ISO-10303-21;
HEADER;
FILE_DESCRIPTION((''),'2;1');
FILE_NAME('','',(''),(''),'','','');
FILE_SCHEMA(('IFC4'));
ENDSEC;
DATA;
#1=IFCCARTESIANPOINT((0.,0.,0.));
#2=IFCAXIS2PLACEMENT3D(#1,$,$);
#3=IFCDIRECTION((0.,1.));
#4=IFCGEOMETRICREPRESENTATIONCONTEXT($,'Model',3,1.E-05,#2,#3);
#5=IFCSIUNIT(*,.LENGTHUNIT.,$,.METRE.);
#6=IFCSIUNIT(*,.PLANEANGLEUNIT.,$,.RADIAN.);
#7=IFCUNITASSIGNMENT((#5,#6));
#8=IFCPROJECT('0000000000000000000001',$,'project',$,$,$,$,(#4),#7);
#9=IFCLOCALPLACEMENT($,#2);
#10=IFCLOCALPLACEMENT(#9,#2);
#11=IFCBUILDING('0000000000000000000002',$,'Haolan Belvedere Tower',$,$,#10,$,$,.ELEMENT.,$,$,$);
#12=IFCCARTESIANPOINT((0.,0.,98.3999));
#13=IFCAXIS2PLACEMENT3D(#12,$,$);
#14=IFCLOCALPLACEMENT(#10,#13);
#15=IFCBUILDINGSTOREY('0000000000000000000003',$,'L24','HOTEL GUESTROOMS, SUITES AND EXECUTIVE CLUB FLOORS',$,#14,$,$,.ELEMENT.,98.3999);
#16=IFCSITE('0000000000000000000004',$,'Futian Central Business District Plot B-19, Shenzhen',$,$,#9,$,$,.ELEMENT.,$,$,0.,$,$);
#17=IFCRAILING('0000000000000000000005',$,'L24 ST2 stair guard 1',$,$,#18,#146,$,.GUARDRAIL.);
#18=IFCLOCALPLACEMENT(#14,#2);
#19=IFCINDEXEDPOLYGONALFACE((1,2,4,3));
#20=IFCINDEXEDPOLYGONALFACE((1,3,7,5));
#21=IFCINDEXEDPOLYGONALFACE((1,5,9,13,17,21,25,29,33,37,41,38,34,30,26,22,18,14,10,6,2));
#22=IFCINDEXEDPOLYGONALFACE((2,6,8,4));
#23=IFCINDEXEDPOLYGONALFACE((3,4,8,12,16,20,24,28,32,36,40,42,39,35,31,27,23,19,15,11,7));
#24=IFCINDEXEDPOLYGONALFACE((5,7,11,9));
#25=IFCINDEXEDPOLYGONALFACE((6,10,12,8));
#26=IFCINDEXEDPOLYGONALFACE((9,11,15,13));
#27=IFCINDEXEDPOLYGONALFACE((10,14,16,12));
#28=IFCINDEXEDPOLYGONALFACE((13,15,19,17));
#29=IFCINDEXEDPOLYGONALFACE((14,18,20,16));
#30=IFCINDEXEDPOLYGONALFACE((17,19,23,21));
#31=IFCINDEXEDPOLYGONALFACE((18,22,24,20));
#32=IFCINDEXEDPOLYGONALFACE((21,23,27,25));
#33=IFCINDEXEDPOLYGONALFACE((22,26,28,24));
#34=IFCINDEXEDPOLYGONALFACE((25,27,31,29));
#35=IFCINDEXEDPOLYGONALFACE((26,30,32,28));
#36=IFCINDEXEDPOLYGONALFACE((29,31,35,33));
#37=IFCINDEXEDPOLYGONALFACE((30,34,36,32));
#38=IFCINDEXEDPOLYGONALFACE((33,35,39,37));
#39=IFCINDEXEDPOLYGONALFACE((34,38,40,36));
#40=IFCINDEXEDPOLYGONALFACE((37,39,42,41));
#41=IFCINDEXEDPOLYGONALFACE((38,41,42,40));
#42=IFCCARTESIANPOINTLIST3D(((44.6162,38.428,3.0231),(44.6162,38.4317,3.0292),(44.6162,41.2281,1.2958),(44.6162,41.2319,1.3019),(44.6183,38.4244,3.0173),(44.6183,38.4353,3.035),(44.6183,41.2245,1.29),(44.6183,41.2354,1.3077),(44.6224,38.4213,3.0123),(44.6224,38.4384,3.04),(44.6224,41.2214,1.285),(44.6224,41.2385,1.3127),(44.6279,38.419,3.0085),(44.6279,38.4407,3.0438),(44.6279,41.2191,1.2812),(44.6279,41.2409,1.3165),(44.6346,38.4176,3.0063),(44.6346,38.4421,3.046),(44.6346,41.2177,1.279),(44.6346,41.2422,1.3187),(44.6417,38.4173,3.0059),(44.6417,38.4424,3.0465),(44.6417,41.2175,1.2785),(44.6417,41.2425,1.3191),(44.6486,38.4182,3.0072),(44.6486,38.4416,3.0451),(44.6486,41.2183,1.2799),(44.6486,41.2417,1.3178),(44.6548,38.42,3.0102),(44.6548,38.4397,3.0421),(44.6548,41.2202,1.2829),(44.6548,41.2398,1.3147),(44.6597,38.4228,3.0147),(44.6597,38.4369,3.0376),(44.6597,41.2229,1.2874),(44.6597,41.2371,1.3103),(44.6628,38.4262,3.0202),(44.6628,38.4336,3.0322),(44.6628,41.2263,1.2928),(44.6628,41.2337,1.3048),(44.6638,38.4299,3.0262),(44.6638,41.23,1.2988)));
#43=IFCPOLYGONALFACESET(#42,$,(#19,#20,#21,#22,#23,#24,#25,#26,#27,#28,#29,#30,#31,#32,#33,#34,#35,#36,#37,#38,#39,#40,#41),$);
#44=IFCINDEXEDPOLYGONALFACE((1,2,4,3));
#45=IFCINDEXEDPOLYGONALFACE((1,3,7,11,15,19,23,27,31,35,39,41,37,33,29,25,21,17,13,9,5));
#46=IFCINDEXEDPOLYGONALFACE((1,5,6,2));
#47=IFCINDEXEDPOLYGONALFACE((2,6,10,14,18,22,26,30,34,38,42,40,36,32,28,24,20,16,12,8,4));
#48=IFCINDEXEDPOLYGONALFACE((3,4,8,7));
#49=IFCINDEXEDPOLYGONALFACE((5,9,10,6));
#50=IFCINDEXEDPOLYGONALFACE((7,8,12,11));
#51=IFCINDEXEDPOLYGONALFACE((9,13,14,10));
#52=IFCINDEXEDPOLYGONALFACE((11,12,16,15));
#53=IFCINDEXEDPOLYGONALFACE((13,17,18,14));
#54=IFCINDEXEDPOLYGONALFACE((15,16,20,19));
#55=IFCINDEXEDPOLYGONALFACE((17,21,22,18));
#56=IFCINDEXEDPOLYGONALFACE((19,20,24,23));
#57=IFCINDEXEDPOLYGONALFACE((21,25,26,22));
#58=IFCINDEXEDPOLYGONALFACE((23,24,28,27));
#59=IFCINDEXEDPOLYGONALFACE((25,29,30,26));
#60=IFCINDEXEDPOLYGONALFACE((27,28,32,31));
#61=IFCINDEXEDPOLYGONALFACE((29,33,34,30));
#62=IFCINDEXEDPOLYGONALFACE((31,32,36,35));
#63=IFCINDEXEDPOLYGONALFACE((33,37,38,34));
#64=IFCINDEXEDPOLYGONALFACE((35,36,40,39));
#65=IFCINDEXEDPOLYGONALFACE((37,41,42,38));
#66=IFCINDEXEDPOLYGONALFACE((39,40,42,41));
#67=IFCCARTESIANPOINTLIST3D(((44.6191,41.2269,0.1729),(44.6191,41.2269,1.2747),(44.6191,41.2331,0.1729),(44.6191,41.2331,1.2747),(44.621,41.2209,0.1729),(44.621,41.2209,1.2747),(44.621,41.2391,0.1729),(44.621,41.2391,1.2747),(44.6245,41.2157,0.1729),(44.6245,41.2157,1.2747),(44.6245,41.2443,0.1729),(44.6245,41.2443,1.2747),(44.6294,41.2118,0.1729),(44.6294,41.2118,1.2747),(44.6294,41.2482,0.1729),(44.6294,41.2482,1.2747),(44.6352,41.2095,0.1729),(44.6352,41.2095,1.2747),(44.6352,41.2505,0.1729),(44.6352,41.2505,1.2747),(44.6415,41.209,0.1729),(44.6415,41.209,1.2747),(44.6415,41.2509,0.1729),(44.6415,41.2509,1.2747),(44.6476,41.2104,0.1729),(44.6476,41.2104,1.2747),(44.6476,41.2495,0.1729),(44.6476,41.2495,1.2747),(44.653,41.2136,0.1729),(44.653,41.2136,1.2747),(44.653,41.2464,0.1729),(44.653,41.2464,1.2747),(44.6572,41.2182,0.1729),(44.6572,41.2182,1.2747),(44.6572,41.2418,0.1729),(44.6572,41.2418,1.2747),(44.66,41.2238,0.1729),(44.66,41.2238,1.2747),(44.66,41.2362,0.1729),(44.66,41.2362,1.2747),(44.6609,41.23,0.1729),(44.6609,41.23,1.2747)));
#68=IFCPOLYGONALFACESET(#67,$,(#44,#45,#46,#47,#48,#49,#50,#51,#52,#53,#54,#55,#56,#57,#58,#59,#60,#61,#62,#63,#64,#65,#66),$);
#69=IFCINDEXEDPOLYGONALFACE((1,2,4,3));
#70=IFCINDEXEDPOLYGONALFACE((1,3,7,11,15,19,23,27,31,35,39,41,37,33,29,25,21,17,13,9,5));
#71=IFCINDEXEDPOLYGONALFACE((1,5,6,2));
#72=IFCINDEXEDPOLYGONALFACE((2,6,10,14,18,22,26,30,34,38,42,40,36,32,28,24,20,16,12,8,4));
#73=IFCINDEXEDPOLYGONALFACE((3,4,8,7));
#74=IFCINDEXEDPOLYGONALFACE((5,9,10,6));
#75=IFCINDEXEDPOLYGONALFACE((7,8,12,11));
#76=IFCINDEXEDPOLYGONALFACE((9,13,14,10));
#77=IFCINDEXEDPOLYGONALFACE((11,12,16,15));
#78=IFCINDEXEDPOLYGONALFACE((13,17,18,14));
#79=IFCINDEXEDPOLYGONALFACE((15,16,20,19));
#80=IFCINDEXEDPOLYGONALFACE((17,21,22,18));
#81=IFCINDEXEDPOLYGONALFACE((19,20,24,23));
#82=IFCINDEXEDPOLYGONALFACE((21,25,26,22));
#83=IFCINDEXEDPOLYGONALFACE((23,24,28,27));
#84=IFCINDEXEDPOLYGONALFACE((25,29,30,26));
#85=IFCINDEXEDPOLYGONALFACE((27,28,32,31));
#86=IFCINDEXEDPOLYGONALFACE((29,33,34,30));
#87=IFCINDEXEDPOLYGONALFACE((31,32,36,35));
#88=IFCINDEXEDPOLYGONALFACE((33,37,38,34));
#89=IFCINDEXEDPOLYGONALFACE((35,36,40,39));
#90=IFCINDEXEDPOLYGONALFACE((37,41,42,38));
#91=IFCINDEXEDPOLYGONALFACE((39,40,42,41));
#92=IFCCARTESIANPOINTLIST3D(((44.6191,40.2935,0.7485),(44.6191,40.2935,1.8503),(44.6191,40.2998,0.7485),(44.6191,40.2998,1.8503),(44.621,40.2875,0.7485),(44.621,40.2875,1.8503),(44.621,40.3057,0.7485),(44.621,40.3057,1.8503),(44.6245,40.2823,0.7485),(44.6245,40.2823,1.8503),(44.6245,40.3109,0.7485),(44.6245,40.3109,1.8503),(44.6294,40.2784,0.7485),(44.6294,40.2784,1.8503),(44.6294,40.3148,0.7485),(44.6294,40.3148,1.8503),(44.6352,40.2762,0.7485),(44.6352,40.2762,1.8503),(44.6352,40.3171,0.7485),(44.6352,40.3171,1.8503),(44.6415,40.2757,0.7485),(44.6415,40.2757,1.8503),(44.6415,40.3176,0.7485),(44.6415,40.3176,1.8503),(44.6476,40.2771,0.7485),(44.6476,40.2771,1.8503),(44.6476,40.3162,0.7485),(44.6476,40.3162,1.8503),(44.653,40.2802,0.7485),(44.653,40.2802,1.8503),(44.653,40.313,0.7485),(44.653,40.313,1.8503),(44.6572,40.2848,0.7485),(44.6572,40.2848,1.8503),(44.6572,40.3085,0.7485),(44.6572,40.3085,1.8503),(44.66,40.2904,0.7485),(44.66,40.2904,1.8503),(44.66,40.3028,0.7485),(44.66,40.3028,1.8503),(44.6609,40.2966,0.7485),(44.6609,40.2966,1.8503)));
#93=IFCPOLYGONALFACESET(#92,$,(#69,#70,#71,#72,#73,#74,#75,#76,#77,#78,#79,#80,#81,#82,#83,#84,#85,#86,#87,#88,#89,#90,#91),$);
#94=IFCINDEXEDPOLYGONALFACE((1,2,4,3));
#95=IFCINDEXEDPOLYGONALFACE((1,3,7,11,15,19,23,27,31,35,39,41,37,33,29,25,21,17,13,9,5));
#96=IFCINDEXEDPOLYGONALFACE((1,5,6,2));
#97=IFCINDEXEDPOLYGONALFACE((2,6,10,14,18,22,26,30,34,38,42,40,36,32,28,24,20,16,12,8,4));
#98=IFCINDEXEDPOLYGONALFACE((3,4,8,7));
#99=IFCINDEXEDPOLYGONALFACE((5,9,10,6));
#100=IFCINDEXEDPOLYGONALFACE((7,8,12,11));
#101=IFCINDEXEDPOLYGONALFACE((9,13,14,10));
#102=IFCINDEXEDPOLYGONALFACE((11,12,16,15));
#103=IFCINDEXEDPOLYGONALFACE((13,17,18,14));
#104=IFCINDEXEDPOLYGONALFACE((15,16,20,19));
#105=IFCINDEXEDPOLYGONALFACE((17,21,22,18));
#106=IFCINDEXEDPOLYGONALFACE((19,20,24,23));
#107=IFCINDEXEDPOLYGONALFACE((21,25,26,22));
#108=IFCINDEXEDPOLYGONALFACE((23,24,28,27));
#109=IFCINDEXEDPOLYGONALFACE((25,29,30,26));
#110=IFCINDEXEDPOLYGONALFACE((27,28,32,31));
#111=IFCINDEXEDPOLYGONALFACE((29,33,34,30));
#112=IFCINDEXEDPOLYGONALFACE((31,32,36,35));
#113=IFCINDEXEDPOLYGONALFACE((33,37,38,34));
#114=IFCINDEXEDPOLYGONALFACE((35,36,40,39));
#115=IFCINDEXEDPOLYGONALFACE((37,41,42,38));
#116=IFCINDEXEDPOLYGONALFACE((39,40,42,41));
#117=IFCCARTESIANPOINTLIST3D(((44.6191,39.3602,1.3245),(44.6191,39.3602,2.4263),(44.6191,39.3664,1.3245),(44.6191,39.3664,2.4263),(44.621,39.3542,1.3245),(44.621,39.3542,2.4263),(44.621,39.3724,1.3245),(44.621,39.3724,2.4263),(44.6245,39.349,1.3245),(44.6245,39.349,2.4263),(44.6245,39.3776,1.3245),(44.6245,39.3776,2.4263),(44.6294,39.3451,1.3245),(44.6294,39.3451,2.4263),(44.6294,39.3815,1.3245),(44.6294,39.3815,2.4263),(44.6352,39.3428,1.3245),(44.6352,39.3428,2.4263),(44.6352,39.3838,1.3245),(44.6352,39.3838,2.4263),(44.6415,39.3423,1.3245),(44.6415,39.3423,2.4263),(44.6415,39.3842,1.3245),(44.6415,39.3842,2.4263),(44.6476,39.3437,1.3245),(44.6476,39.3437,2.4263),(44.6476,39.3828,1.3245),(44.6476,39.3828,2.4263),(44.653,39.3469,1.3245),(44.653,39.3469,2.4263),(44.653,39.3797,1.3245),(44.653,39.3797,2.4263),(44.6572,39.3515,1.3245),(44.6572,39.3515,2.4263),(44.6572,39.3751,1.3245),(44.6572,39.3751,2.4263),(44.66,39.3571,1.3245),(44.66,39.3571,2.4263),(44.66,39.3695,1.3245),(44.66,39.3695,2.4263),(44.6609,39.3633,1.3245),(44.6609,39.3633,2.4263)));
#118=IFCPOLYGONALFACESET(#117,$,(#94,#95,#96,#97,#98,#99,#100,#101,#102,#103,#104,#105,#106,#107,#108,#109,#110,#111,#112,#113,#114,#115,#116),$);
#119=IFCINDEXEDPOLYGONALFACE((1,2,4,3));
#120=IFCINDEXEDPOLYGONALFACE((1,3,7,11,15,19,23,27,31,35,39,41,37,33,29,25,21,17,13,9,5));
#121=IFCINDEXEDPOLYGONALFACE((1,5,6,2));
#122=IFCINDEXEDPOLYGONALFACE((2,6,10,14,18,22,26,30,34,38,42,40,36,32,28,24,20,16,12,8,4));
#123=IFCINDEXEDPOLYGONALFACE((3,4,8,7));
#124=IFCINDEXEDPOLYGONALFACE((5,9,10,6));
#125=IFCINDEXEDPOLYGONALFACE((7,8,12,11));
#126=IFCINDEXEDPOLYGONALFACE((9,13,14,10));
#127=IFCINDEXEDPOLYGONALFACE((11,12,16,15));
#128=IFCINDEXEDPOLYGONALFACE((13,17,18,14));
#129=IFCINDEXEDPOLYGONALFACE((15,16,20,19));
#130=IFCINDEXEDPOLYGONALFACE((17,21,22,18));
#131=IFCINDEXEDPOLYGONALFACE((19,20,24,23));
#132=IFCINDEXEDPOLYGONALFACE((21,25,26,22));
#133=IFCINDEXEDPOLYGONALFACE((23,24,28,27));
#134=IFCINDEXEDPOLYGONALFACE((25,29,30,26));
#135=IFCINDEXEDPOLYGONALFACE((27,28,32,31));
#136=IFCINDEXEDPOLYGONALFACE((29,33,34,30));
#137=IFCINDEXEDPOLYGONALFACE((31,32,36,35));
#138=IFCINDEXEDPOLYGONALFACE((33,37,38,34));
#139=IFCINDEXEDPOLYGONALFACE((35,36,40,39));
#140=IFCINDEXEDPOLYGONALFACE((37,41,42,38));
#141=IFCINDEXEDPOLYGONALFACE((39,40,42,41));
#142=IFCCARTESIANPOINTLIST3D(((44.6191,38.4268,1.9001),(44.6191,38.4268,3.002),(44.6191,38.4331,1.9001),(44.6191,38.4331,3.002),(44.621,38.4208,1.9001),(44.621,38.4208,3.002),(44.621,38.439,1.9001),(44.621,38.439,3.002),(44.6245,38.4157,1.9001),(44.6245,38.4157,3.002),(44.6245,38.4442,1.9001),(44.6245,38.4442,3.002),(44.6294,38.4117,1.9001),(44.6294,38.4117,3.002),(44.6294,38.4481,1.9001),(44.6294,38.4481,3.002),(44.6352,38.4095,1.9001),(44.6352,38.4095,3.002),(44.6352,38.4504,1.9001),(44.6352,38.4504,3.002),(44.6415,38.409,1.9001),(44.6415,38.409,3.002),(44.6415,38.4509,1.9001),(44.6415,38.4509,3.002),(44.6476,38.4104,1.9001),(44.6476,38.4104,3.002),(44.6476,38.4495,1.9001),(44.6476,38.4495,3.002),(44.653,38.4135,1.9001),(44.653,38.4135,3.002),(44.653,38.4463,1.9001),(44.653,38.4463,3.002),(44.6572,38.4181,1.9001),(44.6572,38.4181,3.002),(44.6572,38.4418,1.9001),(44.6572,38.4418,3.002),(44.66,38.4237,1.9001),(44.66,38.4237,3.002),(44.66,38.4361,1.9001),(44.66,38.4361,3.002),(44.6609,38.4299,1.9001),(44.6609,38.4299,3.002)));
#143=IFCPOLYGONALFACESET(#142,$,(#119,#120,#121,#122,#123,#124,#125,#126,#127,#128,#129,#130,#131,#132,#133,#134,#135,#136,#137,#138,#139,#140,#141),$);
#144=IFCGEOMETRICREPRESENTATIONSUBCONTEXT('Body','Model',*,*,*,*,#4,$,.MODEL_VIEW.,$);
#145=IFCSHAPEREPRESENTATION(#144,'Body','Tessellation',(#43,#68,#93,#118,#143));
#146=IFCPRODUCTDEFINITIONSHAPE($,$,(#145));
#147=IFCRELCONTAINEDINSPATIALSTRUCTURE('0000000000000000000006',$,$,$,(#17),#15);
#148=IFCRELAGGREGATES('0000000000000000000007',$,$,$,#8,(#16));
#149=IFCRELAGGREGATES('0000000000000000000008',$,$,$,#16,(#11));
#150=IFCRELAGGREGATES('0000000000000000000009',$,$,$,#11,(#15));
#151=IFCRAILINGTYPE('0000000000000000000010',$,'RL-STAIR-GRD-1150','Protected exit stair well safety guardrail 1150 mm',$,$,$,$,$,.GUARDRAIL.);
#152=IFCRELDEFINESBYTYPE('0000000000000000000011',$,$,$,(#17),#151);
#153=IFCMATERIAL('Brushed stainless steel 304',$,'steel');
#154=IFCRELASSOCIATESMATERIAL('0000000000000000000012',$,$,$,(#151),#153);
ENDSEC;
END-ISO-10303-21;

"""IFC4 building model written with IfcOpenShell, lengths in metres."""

from ifc_helpers import new_model, si_unit, direction, frame, origin, origin_2d, place, context, subcontext, project, spatial, circle, extrude, material, type_object, element, save


model = new_model("IFC4")

# Units and contexts
model_context = context("Model", 3, precision=1e-05, world=origin(), true_north=direction((0.0, 1.0)))
body_context = subcontext(model_context, "Body", "Model", "MODEL_VIEW")
ifc_project = project(units=[si_unit("LENGTHUNIT", "METRE"), si_unit("PLANEANGLEUNIT", "RADIAN")], contexts=[model_context])

# Site, building, storey
site_placement = place(None, origin())
site = spatial("IfcSite", under=ifc_project, at=site_placement, Name="Futian Central Business District Plot B-19, Shenzhen", CompositionType="ELEMENT", RefElevation=0.0)
building_placement = place(site_placement, origin())
building = spatial("IfcBuilding", under=site, at=building_placement, Name="Haolan Belvedere Tower", CompositionType="ELEMENT")
storey_placement = place(building_placement, frame((0.0, 0.0, 98.3999)))
storey = spatial("IfcBuildingStorey", under=building, at=storey_placement, Name="L24", Description="HOTEL GUESTROOMS, SUITES AND EXECUTIVE CLUB FLOORS", CompositionType="ELEMENT", Elevation=98.3999)

# Railing
ifc_material_1 = material(Name="Brushed stainless steel 304", Category="steel")
railing_type_1 = type_object("IfcRailingType", Name="RL-STAIR-GRD-1150", Description="Protected exit stair well safety guardrail 1150 mm", PredefinedType="GUARDRAIL", material=ifc_material_1)
railing_1_placement = place(storey_placement, frame((44.6399, 41.23, 0.1729)))
element("IfcRailing", 1, at=railing_1_placement, inside=storey, type_object=railing_type_1, Name="L24 ST2 stair guard 1", PredefinedType="GUARDRAIL", context=body_context, shape_type="SweptSolid", body=[
    extrude(circle(Radius=0.0239, at=origin_2d()), frame((0.0, 0.0, 1.126), z_axis=(0.0, -0.85109, 0.52502), x_axis=(1.0, 0.0, 0.0)), (0.0, 0.0, 1.0), 3.29),
    extrude(circle(Radius=0.021, at=origin_2d()), origin(), (0.0, 0.0, 1.0), 1.1018),
    extrude(circle(Radius=0.021, at=origin_2d()), frame((0.0, -0.9333, 0.5757)), (0.0, 0.0, 1.0), 1.1018),
    extrude(circle(Radius=0.021, at=origin_2d()), frame((0.0, -1.8667, 1.1516)), (0.0, 0.0, 1.0), 1.1018),
    extrude(circle(Radius=0.021, at=origin_2d()), frame((0.0, -2.8, 1.7273)), (0.0, 0.0, 1.0), 1.1018),
])

save(model, "model.ifc")
